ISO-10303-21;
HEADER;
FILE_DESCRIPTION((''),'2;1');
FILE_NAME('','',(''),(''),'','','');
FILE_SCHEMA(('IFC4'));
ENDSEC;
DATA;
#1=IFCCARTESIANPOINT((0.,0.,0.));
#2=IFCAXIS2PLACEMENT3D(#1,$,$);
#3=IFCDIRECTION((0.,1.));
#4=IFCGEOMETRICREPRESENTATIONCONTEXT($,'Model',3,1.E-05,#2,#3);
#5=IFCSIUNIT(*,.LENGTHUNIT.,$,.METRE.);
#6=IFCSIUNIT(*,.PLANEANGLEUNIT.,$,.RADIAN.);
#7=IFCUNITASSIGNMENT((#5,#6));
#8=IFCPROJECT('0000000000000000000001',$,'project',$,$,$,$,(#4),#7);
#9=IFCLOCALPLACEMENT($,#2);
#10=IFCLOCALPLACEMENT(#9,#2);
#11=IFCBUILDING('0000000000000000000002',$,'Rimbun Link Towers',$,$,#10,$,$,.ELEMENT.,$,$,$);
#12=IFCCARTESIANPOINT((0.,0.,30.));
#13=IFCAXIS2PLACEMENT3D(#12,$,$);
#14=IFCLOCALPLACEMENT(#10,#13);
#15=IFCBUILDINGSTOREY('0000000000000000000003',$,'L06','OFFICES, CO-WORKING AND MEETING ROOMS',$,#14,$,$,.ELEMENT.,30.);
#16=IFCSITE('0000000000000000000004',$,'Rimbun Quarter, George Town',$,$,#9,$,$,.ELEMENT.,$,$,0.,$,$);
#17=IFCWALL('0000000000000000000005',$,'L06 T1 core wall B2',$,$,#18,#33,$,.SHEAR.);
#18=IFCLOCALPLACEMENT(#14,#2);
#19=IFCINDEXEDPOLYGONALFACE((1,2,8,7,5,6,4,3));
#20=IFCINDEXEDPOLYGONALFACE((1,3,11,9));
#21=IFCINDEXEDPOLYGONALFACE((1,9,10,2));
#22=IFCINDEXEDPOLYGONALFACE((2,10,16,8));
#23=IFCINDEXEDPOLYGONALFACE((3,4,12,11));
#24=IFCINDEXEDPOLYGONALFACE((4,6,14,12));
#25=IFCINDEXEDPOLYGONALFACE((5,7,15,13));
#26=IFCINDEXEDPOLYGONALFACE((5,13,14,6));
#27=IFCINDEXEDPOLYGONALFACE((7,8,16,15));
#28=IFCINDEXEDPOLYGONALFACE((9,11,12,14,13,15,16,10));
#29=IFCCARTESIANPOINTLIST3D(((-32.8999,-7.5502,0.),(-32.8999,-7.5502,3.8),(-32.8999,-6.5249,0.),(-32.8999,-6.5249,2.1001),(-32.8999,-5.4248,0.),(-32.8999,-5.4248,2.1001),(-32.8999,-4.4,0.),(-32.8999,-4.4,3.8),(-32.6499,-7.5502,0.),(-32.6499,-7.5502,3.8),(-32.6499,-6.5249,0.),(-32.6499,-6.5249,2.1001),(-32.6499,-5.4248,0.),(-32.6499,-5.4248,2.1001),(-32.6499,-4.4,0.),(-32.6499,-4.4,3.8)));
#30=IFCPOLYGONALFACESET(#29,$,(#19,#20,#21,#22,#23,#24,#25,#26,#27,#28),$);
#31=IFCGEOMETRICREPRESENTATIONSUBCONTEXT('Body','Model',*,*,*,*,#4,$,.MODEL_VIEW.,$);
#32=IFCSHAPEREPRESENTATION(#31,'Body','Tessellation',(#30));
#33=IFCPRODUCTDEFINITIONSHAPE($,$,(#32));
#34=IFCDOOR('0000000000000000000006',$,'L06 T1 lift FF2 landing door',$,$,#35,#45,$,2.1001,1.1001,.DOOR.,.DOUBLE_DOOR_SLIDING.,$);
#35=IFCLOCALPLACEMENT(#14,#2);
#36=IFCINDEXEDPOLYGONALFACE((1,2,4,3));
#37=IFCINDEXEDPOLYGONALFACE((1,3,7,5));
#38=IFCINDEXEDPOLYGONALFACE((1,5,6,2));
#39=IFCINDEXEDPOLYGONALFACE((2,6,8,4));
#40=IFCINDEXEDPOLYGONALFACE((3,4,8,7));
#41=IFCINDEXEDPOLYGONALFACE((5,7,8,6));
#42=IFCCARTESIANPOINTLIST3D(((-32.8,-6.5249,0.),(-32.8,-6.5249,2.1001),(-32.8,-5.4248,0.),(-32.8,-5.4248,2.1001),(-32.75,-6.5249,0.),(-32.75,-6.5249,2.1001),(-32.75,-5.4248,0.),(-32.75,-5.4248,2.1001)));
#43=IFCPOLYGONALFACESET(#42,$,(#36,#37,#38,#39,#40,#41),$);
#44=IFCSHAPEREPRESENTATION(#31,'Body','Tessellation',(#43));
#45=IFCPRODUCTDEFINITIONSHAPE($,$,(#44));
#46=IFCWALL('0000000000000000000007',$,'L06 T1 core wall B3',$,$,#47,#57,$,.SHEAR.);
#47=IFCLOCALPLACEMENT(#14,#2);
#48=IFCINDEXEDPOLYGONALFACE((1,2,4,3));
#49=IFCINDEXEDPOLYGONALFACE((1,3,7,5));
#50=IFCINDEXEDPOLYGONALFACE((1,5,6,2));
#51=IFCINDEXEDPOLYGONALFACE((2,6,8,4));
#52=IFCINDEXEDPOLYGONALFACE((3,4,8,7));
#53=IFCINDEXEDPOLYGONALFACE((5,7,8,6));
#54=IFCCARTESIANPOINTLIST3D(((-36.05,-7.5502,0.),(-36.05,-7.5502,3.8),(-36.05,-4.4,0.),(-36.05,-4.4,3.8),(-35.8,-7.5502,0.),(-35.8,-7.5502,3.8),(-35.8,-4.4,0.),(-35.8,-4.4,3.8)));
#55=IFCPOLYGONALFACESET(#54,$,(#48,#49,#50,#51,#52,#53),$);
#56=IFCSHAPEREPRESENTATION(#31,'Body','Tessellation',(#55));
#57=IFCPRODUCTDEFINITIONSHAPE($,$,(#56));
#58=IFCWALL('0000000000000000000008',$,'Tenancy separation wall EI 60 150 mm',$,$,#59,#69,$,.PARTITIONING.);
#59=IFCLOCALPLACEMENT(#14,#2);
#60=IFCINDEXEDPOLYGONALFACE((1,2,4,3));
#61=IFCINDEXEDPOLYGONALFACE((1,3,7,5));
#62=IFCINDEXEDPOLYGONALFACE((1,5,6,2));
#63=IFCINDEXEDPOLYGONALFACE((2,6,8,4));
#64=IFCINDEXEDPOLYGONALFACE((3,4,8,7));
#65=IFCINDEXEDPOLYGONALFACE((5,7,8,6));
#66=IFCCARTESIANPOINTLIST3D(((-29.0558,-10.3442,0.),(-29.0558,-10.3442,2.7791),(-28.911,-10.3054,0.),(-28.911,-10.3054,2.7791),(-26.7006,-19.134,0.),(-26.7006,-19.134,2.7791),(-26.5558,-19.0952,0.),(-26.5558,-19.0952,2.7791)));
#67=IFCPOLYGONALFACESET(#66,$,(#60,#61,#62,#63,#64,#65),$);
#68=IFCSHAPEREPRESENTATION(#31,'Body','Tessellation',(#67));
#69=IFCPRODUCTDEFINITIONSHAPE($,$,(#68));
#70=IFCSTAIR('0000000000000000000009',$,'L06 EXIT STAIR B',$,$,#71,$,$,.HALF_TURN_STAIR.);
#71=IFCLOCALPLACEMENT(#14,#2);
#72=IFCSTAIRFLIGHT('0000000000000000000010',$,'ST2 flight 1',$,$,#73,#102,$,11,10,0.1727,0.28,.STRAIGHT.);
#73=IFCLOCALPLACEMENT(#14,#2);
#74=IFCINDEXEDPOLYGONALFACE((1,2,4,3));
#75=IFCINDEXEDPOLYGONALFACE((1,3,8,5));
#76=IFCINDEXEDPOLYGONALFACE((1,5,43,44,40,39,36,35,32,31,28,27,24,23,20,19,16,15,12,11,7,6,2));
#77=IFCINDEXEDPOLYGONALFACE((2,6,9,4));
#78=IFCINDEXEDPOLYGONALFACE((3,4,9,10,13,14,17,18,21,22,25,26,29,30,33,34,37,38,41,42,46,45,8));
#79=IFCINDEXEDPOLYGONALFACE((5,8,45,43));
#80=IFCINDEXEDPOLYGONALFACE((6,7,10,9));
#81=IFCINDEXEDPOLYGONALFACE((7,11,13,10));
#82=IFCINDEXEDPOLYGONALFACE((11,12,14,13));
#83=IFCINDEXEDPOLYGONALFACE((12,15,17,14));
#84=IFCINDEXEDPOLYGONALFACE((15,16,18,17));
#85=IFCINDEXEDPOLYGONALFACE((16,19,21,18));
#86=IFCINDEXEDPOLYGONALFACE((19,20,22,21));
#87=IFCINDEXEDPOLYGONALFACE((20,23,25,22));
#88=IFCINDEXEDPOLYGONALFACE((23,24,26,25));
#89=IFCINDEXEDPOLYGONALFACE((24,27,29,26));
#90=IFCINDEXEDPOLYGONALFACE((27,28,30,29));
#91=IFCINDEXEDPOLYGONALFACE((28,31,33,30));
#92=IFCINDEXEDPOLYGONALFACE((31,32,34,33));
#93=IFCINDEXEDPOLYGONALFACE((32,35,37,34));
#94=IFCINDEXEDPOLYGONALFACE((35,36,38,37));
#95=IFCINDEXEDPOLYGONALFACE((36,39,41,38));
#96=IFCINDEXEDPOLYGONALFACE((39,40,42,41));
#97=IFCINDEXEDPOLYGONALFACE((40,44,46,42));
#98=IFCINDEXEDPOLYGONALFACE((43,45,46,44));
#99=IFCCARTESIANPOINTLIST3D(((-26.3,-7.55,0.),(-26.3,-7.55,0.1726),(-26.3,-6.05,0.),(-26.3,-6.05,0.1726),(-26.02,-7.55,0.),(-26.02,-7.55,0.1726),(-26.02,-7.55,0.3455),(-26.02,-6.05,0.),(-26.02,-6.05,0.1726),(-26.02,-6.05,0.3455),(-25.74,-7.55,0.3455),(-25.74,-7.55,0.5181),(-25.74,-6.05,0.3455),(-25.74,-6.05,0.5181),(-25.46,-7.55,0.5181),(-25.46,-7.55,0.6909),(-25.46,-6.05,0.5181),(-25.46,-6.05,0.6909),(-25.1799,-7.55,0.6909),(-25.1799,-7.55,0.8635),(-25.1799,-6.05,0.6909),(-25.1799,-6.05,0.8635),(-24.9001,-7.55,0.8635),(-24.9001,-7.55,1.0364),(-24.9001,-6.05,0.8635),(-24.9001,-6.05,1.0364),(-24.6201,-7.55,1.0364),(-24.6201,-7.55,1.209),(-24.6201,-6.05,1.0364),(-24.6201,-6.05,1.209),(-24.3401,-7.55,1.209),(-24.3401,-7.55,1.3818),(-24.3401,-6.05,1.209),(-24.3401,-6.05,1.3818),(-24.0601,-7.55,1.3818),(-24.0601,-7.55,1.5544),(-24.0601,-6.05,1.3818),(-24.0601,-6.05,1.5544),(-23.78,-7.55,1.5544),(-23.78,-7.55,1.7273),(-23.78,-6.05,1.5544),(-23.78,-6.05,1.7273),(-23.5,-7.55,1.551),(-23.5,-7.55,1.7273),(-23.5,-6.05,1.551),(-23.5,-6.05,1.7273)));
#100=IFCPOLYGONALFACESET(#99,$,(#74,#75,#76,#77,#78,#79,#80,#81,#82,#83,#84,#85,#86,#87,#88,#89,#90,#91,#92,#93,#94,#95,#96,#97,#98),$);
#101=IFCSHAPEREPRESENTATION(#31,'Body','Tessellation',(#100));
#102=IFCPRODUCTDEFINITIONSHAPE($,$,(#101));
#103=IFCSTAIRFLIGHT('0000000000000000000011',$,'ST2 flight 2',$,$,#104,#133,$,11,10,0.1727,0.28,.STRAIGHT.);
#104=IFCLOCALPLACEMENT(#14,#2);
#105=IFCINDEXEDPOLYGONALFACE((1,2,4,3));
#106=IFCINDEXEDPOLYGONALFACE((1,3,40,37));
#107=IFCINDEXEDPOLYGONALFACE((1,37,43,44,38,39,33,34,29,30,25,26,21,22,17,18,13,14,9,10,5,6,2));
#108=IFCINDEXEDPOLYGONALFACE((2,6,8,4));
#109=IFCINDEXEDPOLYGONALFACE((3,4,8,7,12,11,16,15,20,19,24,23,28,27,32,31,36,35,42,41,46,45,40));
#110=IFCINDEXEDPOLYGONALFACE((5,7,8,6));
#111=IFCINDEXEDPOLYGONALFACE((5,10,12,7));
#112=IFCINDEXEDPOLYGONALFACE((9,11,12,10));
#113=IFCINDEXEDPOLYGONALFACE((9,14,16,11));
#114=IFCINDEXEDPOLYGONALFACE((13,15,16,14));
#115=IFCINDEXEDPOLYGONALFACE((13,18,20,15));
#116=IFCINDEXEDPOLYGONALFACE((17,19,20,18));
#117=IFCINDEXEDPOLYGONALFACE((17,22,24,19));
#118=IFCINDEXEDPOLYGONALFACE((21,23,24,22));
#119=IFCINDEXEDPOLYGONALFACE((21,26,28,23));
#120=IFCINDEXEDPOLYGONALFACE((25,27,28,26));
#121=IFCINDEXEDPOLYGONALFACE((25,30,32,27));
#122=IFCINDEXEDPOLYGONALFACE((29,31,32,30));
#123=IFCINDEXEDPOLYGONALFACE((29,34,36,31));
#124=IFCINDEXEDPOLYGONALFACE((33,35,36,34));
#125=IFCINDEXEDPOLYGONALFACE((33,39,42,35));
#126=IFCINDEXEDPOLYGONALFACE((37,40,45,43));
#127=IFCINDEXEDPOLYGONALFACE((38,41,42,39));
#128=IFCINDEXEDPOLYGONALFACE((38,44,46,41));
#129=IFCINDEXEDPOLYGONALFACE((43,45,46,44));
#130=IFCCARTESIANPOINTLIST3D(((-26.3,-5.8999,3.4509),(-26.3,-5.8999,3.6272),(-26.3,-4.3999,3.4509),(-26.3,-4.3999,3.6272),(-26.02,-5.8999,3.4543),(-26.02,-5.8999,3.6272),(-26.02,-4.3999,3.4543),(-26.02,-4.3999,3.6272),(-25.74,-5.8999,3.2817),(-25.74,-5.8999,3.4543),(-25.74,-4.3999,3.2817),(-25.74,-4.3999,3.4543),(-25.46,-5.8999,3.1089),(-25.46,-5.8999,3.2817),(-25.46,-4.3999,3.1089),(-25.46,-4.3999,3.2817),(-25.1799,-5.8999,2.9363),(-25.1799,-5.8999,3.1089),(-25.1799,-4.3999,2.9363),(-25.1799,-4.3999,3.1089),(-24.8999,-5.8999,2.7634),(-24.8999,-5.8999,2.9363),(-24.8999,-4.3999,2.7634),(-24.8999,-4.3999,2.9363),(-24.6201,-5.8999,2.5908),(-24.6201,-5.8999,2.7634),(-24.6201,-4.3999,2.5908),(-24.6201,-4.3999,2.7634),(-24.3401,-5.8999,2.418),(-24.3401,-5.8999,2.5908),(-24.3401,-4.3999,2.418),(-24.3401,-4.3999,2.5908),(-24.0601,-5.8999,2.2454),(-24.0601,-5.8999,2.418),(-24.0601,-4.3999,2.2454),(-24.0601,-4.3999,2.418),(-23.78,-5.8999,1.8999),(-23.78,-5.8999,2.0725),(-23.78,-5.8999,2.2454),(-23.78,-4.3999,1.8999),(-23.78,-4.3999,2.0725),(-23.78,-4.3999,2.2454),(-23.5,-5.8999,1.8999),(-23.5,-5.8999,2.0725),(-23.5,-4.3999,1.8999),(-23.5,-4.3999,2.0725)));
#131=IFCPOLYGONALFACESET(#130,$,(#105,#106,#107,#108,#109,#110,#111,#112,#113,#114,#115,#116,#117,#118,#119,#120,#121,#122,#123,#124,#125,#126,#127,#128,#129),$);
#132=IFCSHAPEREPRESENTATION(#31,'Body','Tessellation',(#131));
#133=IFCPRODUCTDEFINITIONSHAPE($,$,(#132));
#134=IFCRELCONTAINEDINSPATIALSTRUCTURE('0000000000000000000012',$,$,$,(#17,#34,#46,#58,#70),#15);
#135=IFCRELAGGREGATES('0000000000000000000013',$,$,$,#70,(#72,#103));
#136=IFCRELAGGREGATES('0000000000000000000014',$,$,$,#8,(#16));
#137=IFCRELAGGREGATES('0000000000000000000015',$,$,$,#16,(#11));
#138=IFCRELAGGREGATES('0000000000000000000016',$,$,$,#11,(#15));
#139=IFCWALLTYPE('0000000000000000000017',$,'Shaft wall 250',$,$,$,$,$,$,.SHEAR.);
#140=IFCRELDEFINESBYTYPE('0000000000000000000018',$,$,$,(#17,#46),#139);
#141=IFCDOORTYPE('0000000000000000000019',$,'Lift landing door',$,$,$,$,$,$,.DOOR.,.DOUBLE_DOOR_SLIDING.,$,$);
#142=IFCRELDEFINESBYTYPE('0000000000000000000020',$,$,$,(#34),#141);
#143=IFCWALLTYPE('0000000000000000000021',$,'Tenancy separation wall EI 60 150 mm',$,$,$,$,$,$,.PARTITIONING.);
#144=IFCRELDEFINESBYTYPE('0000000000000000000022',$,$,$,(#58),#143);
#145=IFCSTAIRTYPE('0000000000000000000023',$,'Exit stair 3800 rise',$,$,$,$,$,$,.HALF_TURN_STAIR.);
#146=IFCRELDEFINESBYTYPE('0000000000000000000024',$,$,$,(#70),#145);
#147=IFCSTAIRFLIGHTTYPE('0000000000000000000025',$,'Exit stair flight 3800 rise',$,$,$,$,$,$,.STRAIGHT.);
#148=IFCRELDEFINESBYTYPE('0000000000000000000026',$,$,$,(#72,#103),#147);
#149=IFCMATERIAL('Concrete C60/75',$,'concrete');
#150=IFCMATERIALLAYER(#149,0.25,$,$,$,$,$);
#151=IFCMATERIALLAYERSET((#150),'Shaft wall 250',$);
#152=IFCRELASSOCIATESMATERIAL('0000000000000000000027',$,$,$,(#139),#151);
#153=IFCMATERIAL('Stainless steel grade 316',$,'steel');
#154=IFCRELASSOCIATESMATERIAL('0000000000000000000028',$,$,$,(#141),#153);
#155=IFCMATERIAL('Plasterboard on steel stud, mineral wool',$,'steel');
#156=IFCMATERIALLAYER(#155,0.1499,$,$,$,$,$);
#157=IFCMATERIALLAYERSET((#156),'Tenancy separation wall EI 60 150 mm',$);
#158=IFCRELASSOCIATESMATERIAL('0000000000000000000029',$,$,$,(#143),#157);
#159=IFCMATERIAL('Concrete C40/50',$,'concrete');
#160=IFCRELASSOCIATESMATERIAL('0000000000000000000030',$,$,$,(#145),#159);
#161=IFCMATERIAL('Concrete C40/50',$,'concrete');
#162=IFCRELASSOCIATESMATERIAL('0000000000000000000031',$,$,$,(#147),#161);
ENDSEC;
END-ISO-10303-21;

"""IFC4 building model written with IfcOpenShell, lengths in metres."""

from ifc_helpers import new_model, si_unit, direction, frame, frame_2d, origin, place, context, subcontext, project, spatial, polyline, rectangle, outline, extrude, material, layer, layer_set, type_object, element, fill, aggregate, save


model = new_model("IFC4")

# Units and contexts
model_context = context("Model", 3, precision=1e-05, world=origin(), true_north=direction((0.0, 1.0)))
body_context = subcontext(model_context, "Body", "Model", "MODEL_VIEW")
ifc_project = project(units=[si_unit("LENGTHUNIT", "METRE"), si_unit("PLANEANGLEUNIT", "RADIAN")], contexts=[model_context])

# Site, building, storey
site_placement = place(None, origin())
site = spatial("IfcSite", under=ifc_project, at=site_placement, Name="Rimbun Quarter, George Town", CompositionType="ELEMENT", RefElevation=0.0)
building_placement = place(site_placement, origin())
building = spatial("IfcBuilding", under=site, at=building_placement, Name="Rimbun Link Towers", CompositionType="ELEMENT")
storey_placement = place(building_placement, frame((0.0, 0.0, 30.0)))
storey = spatial("IfcBuildingStorey", under=building, at=storey_placement, Name="L06", Description="OFFICES, CO-WORKING AND MEETING ROOMS", CompositionType="ELEMENT", Elevation=30.0)

# Shared definitions
ifc_material_1 = material(Name="Concrete C60/75", Category="concrete")
ifc_layer_1 = layer(ifc_material_1, 0.25)
ifc_layer_set_1 = layer_set([ifc_layer_1], Name="Shaft wall 250")
wall_type_1 = type_object("IfcWallType", Name="Shaft wall 250", PredefinedType="SHEAR", material=ifc_layer_set_1)

# Wall, opening, door
wall_1_placement = place(storey_placement, frame((-32.7749, -4.3999, 0.0), z_axis=(0.0, 0.0, 1.0), x_axis=(0.0, -1.0, 0.0)))
wall_1 = element("IfcWall", 1, at=wall_1_placement, inside=storey, type_object=wall_type_1, Name="L06 T1 core wall B2", PredefinedType="SHEAR", context=body_context, shape_type="SweptSolid", body=[
    extrude(rectangle(XDim=3.1501, YDim=0.25, at=frame_2d((1.5752, 0.0))), origin(), (0.0, 0.0, 1.0), 3.8),
])
opening_1_placement = place(wall_1_placement, frame((1.0249, 0.0, 0.0)))
opening_1 = element("IfcOpeningElement", 2, at=opening_1_placement, cuts=wall_1, PredefinedType="OPENING", context=body_context, shape_type="SweptSolid", body=[
    extrude(rectangle(XDim=1.1001, YDim=2.1001, at=frame_2d((0.55, 1.05))), frame((0.0, 0.135, 0.0), z_axis=(0.0, -1.0, 0.0), x_axis=(1.0, 0.0, 0.0)), (0.0, 0.0, 1.0), 0.27),
])
ifc_material_2 = material(Name="Stainless steel grade 316", Category="steel")
door_type_1 = type_object("IfcDoorType", Name="Lift landing door", OperationType="DOUBLE_DOOR_SLIDING", PredefinedType="DOOR", material=ifc_material_2)
door_1_placement = place(opening_1_placement, origin())
door_1 = element("IfcDoor", 3, at=door_1_placement, inside=storey, type_object=door_type_1, Name="L06 T1 lift FF2 landing door", OperationType="DOUBLE_DOOR_SLIDING", OverallHeight=2.1001, OverallWidth=1.1001, PredefinedType="DOOR", context=body_context, shape_type="SweptSolid", body=[
    extrude(rectangle(XDim=1.1001, YDim=2.1001, at=frame_2d((0.55, 1.05))), frame((0.0, 0.0249, 0.0), z_axis=(0.0, -1.0, 0.0), x_axis=(1.0, 0.0, 0.0)), (0.0, 0.0, 1.0), 0.05),
])
fill(opening_1, door_1)

# Walls
wall_2_placement = place(storey_placement, frame((-35.925, -4.3999, 0.0), z_axis=(0.0, 0.0, 1.0), x_axis=(0.0, -1.0, 0.0)))
element("IfcWall", 4, at=wall_2_placement, inside=storey, type_object=wall_type_1, Name="L06 T1 core wall B3", PredefinedType="SHEAR", context=body_context, shape_type="SweptSolid", body=[
    extrude(rectangle(XDim=3.1501, YDim=0.25, at=frame_2d((1.5752, 0.0))), origin(), (0.0, 0.0, 1.0), 3.8),
])
ifc_material_3 = material(Name="Plasterboard on steel stud, mineral wool", Category="steel")
ifc_layer_2 = layer(ifc_material_3, 0.1499)
ifc_layer_set_2 = layer_set([ifc_layer_2], Name="Tenancy separation wall EI 60 150 mm")
wall_type_2 = type_object("IfcWallType", Name="Tenancy separation wall EI 60 150 mm", PredefinedType="PARTITIONING", material=ifc_layer_set_2)
wall_3_placement = place(storey_placement, frame((-28.9834, -10.325, 0.0), z_axis=(0.0, 0.0, 1.0), x_axis=(0.25882, -0.965926, 0.0)))
element("IfcWall", 5, at=wall_3_placement, inside=storey, type_object=wall_type_2, Name="Tenancy separation wall EI 60 150 mm", PredefinedType="PARTITIONING", context=body_context, shape_type="SweptSolid", body=[
    extrude(rectangle(XDim=9.0999, YDim=0.1499, at=frame_2d((4.5498, 0.0))), origin(), (0.0, 0.0, 1.0), 2.7791),
])

# Stair, stair flights
ifc_material_4 = material(Name="Concrete C40/50", Category="concrete")
stair_type = type_object("IfcStairType", Name="Exit stair 3800 rise", PredefinedType="HALF_TURN_STAIR", material=ifc_material_4)
stair_placement = place(storey_placement, origin())
stair = element("IfcStair", 6, at=stair_placement, inside=storey, type_object=stair_type, Name="L06 EXIT STAIR B", PredefinedType="HALF_TURN_STAIR")
ifc_material_5 = material(Name="Concrete C40/50", Category="concrete")
stair_flight_type = type_object("IfcStairFlightType", Name="Exit stair flight 3800 rise", PredefinedType="STRAIGHT", material=ifc_material_5)
stair_flight_1_placement = place(storey_placement, frame((-26.3, -6.8, 0.0), z_axis=(0.0, 0.0, 1.0), x_axis=(1.0, 0.0, 0.0)))
stair_flight_1 = element("IfcStairFlight", 7, at=stair_flight_1_placement, type_object=stair_flight_type, Name="ST2 flight 1", NumberOfRisers=11, NumberOfTreads=10, PredefinedType="STRAIGHT", RiserHeight=0.1727, TreadLength=0.28, context=body_context, shape_type="SweptSolid", body=[
    extrude(outline(polyline([(0.0, 0.0), (0.0, 0.1726), (0.28, 0.1726), (0.28, 0.3455), (0.5601, 0.3455), (0.5601, 0.5181), (0.8401, 0.5181), (0.8401, 0.6909), (1.1201, 0.6909), (1.1201, 0.8635), (1.3999, 0.8635), (1.3999, 1.0364), (1.6799, 1.0364), (1.6799, 1.209), (1.96, 1.209), (1.96, 1.3818), (2.24, 1.3818), (2.24, 1.5544), (2.52, 1.5544), (2.52, 1.7273), (2.8, 1.7273), (2.8, 1.8999), (2.8, 1.551), (0.28, 0.0), (0.0, 0.0)])), frame((0.0, 0.75, 0.0), z_axis=(0.0, -1.0, 0.0), x_axis=(1.0, 0.0, 0.0)), (0.0, 0.0, 1.0), 1.5),
])
stair_flight_2_placement = place(storey_placement, frame((-23.5, -5.1499, 1.8999), z_axis=(0.0, 0.0, 1.0), x_axis=(-1.0, 0.0, 0.0)))
stair_flight_2 = element("IfcStairFlight", 8, at=stair_flight_2_placement, type_object=stair_flight_type, Name="ST2 flight 2", NumberOfRisers=11, NumberOfTreads=10, PredefinedType="STRAIGHT", RiserHeight=0.1727, TreadLength=0.28, context=body_context, shape_type="SweptSolid", body=[
    extrude(outline(polyline([(0.0, 0.0), (0.0, 0.1726), (0.28, 0.1726), (0.28, 0.3455), (0.5601, 0.3455), (0.5601, 0.5181), (0.8401, 0.5181), (0.8401, 0.6909), (1.1201, 0.6909), (1.1201, 0.8635), (1.3999, 0.8635), (1.3999, 1.0364), (1.6799, 1.0364), (1.6799, 1.209), (1.96, 1.209), (1.96, 1.3818), (2.24, 1.3818), (2.24, 1.5544), (2.52, 1.5544), (2.52, 1.7273), (2.8, 1.7273), (2.8, 1.8999), (2.8, 1.551), (0.28, 0.0), (0.0, 0.0)])), frame((0.0, 0.75, 0.0), z_axis=(0.0, -1.0, 0.0), x_axis=(1.0, 0.0, 0.0)), (0.0, 0.0, 1.0), 1.5),
])
aggregate(stair, [stair_flight_1, stair_flight_2])

save(model, "model.ifc")
